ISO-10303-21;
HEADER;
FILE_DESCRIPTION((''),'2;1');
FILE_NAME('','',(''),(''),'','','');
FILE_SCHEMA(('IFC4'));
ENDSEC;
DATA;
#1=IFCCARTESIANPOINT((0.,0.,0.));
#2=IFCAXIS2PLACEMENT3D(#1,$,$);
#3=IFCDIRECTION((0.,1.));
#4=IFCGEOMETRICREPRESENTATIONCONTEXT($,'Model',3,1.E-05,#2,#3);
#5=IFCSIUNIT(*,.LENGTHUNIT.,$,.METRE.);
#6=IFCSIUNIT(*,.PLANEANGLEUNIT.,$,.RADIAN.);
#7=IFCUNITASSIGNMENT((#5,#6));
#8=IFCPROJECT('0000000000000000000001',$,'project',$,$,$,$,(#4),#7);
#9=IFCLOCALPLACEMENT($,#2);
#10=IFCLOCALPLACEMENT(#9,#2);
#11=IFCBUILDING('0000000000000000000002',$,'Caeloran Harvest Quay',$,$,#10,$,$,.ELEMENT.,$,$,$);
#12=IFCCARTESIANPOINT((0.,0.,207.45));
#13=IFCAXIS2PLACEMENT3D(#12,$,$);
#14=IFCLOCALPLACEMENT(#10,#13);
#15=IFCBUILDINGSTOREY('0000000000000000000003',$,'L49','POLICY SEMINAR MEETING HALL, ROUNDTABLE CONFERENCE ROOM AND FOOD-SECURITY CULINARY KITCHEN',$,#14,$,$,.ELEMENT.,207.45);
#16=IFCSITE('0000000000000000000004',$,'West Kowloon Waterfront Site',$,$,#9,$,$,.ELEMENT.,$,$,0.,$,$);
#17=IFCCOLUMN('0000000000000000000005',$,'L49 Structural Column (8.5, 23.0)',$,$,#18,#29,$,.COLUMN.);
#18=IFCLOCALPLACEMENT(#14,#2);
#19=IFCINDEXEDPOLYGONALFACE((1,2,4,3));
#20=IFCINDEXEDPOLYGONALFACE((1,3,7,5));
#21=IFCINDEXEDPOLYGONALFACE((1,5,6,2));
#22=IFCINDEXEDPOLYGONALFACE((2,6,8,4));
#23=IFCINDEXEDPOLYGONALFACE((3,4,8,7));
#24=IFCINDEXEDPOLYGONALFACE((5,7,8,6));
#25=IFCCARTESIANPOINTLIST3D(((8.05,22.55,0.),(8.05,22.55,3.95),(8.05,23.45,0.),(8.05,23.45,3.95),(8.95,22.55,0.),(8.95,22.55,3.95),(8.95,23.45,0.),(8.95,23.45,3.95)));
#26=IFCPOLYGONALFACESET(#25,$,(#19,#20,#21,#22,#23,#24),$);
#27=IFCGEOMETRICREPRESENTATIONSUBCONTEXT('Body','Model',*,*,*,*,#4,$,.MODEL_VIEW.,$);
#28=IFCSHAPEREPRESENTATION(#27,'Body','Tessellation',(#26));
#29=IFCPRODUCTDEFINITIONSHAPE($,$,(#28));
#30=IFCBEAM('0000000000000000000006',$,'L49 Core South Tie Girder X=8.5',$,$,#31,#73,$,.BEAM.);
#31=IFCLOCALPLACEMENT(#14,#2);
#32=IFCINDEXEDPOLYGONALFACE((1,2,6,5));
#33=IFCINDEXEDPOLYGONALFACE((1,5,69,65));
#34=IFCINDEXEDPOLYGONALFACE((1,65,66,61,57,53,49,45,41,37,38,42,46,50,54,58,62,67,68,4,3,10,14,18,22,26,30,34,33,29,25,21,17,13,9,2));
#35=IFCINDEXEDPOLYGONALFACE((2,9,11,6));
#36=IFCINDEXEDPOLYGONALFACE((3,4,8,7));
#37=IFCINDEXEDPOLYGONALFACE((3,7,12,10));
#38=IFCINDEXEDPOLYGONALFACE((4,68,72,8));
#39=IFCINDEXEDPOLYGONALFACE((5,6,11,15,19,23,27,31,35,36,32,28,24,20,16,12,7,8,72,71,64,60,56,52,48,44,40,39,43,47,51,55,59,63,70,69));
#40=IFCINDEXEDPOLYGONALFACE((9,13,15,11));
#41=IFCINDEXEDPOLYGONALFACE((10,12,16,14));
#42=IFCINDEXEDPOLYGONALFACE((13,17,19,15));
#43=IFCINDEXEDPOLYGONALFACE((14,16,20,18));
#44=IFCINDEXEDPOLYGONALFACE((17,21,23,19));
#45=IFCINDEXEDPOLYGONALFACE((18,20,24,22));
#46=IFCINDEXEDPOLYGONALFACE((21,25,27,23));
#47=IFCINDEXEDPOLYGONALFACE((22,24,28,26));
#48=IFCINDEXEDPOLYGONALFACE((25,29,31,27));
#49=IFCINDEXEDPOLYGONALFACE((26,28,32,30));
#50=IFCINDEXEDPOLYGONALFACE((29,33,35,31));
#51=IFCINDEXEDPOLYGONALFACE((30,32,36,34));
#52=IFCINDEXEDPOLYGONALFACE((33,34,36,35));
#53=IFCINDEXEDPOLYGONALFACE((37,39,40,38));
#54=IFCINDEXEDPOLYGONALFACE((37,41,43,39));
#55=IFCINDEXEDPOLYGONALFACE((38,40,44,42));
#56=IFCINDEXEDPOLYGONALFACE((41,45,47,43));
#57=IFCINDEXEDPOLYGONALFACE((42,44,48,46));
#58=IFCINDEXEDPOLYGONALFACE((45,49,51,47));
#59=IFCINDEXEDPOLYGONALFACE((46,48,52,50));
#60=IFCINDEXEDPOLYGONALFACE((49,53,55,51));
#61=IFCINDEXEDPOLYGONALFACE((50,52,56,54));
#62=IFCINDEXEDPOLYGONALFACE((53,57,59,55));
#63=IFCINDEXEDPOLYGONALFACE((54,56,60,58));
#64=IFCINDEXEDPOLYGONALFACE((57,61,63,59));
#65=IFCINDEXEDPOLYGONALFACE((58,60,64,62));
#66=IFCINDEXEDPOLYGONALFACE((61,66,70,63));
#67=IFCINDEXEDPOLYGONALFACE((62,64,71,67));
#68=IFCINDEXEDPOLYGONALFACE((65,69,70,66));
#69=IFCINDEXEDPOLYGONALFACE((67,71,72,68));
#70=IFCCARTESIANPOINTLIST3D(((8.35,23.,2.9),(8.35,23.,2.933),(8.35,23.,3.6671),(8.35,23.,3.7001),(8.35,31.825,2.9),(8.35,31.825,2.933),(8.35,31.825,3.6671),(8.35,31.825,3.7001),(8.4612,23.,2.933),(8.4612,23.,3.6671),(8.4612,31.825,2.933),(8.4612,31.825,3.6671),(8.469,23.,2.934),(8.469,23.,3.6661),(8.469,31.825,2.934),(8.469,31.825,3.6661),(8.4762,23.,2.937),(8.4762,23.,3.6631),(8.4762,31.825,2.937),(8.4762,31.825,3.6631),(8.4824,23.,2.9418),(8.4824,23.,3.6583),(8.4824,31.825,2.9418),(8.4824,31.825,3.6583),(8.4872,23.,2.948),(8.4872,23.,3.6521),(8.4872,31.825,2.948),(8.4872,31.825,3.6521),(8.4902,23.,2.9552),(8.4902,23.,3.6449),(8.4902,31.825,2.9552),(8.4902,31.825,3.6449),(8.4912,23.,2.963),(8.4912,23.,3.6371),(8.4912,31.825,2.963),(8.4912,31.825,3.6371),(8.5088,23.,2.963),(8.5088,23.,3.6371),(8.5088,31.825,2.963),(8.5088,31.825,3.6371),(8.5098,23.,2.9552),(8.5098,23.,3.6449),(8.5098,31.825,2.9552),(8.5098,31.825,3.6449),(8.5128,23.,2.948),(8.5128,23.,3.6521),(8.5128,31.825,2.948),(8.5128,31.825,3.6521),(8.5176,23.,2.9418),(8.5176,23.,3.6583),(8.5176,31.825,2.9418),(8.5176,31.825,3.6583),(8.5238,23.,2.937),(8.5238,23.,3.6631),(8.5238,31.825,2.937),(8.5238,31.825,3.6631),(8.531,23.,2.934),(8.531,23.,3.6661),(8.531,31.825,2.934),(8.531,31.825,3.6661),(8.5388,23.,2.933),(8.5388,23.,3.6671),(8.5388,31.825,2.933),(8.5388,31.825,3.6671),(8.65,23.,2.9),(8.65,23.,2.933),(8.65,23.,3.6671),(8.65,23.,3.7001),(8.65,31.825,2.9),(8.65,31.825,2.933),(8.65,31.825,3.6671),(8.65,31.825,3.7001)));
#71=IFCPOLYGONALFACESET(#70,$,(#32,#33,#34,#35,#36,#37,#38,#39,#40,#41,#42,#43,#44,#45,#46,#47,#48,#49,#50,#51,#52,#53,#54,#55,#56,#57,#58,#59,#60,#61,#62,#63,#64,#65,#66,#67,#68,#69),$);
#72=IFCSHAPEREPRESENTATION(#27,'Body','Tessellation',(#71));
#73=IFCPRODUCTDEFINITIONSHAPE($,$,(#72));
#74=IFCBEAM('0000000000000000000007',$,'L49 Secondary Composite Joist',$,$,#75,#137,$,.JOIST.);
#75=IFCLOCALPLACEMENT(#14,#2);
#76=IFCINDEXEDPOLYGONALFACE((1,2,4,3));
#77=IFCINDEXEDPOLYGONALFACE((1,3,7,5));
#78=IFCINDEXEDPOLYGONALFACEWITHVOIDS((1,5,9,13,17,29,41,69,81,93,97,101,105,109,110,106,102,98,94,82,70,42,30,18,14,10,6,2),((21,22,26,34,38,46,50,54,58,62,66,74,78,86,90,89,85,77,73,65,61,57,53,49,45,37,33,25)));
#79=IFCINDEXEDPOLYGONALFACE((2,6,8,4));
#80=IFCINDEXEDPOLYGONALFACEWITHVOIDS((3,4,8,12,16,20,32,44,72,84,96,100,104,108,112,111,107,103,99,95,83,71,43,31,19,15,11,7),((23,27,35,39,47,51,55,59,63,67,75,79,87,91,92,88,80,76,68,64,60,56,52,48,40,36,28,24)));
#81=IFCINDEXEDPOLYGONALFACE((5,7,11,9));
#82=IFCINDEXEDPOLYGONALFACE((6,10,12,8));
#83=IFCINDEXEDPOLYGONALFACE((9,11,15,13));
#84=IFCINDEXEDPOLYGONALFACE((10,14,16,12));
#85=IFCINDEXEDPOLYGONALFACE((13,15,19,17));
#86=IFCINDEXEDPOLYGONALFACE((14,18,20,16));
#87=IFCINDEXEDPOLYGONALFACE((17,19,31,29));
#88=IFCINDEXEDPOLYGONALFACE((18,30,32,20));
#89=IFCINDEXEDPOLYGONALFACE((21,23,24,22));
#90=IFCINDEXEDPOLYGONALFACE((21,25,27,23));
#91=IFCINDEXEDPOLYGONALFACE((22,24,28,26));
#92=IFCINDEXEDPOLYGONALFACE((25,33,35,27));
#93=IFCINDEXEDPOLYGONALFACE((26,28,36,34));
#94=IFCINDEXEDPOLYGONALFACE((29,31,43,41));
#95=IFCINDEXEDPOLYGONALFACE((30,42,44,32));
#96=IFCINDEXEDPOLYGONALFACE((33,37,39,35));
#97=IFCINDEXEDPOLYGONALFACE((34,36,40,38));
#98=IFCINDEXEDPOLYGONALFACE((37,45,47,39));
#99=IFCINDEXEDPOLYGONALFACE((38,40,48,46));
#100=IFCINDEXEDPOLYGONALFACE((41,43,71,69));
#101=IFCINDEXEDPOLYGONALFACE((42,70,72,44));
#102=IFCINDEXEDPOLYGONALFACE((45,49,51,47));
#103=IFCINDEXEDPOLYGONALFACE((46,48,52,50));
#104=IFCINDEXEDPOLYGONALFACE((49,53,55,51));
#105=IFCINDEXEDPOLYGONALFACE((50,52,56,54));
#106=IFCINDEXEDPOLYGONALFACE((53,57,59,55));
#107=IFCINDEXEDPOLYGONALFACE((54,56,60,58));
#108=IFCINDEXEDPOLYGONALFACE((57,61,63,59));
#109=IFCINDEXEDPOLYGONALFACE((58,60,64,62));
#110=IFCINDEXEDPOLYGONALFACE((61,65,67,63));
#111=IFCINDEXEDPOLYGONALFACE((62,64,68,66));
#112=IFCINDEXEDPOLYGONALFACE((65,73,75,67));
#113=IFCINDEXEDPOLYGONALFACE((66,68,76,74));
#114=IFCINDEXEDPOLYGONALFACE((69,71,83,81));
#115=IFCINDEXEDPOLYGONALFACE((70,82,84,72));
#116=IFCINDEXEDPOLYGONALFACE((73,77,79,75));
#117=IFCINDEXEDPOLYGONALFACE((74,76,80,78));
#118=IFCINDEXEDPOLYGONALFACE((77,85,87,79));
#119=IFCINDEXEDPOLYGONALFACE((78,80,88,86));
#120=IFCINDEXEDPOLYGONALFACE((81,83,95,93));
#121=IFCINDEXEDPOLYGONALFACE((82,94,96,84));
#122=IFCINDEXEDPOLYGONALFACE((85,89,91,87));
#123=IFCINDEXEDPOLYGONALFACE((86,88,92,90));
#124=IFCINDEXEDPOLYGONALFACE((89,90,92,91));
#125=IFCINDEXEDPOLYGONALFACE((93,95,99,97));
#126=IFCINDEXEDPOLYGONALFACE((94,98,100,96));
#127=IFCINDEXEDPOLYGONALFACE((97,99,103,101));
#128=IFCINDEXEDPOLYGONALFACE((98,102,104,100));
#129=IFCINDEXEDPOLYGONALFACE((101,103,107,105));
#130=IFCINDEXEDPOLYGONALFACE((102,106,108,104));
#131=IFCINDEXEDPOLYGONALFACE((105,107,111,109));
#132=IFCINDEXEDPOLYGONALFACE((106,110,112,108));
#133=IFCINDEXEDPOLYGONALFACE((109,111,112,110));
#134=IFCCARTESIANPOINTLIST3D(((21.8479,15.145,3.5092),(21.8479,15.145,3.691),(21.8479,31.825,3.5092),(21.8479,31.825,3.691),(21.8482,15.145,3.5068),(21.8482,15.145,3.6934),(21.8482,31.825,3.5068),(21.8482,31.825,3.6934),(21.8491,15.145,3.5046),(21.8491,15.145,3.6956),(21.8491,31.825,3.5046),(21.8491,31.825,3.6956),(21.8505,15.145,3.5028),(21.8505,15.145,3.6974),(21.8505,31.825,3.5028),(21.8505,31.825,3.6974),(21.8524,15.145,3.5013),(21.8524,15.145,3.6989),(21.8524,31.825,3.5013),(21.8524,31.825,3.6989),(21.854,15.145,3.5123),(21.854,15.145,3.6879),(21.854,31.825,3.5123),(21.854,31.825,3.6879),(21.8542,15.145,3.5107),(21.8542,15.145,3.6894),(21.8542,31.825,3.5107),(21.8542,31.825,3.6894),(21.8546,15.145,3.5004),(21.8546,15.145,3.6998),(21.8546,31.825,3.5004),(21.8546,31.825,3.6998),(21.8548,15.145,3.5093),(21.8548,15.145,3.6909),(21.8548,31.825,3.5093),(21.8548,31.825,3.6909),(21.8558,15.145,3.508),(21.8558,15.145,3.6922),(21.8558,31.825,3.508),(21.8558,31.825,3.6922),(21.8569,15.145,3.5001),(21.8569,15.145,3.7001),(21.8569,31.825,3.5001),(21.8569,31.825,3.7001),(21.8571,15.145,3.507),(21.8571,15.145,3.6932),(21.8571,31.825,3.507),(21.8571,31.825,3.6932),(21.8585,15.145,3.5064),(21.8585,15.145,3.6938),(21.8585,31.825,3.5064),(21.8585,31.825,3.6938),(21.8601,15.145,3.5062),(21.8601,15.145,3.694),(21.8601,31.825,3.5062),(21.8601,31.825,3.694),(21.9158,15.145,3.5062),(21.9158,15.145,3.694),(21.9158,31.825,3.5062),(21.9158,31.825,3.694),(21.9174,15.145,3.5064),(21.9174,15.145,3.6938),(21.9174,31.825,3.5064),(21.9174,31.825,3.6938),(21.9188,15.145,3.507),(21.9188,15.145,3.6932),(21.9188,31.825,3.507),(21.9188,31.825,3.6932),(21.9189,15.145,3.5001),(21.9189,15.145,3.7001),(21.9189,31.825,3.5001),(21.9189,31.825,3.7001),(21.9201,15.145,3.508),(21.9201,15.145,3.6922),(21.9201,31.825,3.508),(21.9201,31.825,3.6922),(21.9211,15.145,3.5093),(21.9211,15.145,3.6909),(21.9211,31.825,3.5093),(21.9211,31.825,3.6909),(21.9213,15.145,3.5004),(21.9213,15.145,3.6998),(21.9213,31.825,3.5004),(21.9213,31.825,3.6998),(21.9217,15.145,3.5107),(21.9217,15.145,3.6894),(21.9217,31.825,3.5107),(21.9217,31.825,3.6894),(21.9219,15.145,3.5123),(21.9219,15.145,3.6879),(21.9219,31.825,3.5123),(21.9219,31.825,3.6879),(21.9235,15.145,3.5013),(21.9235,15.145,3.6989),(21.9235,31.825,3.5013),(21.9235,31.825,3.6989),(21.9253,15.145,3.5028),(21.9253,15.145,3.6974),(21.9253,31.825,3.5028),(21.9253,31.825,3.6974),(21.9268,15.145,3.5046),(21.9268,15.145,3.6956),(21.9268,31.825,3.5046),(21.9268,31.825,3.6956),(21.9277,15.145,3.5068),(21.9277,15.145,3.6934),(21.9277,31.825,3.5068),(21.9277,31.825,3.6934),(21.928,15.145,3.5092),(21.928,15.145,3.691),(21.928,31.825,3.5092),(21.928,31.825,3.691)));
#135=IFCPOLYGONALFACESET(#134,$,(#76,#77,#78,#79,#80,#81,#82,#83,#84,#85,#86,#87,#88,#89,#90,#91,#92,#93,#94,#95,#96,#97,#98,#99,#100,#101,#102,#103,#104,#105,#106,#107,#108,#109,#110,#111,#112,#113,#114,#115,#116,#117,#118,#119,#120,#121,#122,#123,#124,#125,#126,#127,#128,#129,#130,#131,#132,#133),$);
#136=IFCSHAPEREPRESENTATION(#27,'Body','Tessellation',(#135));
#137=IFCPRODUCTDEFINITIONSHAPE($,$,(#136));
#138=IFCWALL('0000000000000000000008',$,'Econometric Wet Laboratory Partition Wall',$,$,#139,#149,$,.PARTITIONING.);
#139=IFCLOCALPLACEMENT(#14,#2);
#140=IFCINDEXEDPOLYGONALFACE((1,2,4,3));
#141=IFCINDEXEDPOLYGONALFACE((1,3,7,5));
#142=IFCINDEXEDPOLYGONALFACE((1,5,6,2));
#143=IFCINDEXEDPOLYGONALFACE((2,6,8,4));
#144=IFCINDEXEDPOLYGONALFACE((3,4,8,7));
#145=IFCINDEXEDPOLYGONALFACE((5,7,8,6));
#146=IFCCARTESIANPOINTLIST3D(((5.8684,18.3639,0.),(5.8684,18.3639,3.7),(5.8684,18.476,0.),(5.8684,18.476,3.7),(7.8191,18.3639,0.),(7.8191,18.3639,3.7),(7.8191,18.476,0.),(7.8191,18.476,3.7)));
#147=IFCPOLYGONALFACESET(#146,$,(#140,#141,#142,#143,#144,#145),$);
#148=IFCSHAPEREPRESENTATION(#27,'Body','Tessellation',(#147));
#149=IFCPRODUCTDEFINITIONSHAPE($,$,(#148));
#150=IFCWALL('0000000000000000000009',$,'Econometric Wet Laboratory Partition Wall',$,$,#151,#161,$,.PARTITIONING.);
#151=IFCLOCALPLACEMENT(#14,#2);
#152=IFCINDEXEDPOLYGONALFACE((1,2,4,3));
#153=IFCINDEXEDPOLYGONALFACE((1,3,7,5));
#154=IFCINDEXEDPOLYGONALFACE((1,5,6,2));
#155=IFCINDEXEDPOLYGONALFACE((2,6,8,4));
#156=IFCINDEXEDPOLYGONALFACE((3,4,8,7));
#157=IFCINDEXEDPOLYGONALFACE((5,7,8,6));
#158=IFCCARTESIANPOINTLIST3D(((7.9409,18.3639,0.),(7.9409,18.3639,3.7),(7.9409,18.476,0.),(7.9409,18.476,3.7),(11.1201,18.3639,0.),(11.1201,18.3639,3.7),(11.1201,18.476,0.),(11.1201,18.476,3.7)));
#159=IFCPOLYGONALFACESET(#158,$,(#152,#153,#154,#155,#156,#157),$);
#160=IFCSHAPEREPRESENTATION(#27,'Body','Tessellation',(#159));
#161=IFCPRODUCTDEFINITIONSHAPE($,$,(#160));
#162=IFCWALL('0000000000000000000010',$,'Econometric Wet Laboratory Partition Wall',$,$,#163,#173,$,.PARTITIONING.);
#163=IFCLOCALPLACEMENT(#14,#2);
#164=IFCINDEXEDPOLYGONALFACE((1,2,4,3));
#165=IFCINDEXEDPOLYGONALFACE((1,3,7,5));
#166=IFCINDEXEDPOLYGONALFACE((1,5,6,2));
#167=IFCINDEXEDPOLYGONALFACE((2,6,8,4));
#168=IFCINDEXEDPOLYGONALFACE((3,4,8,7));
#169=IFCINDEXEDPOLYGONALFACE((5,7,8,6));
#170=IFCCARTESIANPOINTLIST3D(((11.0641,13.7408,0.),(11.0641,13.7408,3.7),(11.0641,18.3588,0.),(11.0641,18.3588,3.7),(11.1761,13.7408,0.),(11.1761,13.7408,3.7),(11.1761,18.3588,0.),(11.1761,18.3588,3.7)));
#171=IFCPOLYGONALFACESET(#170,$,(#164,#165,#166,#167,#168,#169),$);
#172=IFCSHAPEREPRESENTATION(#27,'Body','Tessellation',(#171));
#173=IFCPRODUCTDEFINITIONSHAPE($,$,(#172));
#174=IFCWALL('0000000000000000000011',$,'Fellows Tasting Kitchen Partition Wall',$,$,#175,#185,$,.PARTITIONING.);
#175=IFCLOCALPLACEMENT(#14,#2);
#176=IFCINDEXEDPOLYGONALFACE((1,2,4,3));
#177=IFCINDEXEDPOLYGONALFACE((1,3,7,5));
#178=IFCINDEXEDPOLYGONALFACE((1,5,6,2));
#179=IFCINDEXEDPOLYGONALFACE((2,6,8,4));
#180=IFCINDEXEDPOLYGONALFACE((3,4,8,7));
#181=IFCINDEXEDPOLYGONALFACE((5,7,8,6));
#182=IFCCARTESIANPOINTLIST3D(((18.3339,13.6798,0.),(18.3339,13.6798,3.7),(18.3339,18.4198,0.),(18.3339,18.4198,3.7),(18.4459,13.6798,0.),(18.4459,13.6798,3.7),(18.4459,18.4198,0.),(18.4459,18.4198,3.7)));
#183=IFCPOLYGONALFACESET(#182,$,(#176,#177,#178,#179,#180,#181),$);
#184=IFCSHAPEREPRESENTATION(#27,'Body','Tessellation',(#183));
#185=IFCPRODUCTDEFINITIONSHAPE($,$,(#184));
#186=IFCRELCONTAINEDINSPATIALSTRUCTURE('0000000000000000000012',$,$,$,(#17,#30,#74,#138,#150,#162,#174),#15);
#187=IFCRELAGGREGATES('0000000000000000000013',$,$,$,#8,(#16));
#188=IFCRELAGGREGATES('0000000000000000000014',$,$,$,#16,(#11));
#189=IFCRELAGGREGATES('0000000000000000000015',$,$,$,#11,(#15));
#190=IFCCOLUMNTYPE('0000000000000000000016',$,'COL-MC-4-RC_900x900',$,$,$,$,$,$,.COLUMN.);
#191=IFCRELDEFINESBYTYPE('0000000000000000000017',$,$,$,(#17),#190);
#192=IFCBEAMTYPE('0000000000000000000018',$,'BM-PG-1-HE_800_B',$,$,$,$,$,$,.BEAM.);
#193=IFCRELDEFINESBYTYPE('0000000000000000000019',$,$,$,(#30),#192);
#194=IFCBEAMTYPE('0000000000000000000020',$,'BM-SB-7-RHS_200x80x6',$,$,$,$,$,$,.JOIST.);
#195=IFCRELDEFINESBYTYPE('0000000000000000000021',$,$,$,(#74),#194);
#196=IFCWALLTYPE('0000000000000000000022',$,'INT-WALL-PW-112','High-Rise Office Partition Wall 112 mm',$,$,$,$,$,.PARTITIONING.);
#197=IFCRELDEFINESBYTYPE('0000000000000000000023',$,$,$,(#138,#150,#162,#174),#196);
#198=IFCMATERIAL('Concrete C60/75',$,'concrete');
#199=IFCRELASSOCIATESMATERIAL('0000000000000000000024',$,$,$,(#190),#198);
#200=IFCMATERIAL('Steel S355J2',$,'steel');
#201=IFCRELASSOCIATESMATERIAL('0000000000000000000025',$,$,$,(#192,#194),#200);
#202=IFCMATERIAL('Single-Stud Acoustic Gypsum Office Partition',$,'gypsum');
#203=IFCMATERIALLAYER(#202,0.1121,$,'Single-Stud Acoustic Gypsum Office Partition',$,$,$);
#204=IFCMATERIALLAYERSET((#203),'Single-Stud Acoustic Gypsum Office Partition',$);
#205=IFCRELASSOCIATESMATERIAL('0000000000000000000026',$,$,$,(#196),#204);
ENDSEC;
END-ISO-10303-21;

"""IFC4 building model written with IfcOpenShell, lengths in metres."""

from ifc_helpers import new_model, si_unit, direction, frame, frame_2d, origin, origin_2d, place, context, subcontext, project, spatial, rectangle, hollow_rectangle, i_section, extrude, material, layer, layer_set, material_profile, profile_set, type_object, element, save


model = new_model("IFC4")

# Units and contexts
model_context = context("Model", 3, precision=1e-05, world=origin(), true_north=direction((0.0, 1.0)))
body_context = subcontext(model_context, "Body", "Model", "MODEL_VIEW")
ifc_project = project(units=[si_unit("LENGTHUNIT", "METRE"), si_unit("PLANEANGLEUNIT", "RADIAN")], contexts=[model_context])

# Site, building, storey
site_placement = place(None, origin())
site = spatial("IfcSite", under=ifc_project, at=site_placement, Name="West Kowloon Waterfront Site", CompositionType="ELEMENT", RefElevation=0.0)
building_placement = place(site_placement, origin())
building = spatial("IfcBuilding", under=site, at=building_placement, Name="Caeloran Harvest Quay", CompositionType="ELEMENT")
storey_placement = place(building_placement, frame((0.0, 0.0, 207.45)))
storey = spatial("IfcBuildingStorey", under=building, at=storey_placement, Name="L49", Description="POLICY SEMINAR MEETING HALL, ROUNDTABLE CONFERENCE ROOM AND FOOD-SECURITY CULINARY KITCHEN", CompositionType="ELEMENT", Elevation=207.45)

# Column
ifc_material_1 = material(Name="Concrete C60/75", Category="concrete")
ifc_material_profile_1 = material_profile(ifc_material_1, rectangle(XDim=0.8999, YDim=0.8999, at=origin_2d()), Name="RC 900x900")
ifc_profile_set_1 = profile_set([ifc_material_profile_1], Name="Concrete C60/75")
column_type = type_object("IfcColumnType", Name="COL-MC-4-RC_900x900", PredefinedType="COLUMN", material=ifc_profile_set_1)
column_placement = place(storey_placement, frame((8.5, 23.0, 0.0), z_axis=(0.0, 0.0, 1.0), x_axis=(1.0, 0.0, 0.0)))
element("IfcColumn", 1, at=column_placement, inside=storey, type_object=column_type, Name="L49 Structural Column (8.5, 23.0)", PredefinedType="COLUMN", context=body_context, shape_type="SweptSolid", body=[
    extrude(rectangle(XDim=0.8999, YDim=0.8999, at=origin_2d()), origin(), (0.0, 0.0, 1.0), 3.95),
])

# Beams
ifc_material_2 = material(Name="Steel S355J2", Category="steel")
ifc_material_profile_2 = material_profile(ifc_material_2, i_section(OverallWidth=0.3, OverallDepth=0.8, WebThickness=0.0176, FlangeThickness=0.033, FilletRadius=0.03, at=origin_2d()), Name="HE 800 B")
ifc_profile_set_2 = profile_set([ifc_material_profile_2], Name="Steel S355J2")
beam_type_1 = type_object("IfcBeamType", Name="BM-PG-1-HE_800_B", PredefinedType="BEAM", material=ifc_profile_set_2)
beam_1_placement = place(storey_placement, frame((8.5, 23.0, 3.3), z_axis=(0.0, 1.0, 0.0), x_axis=(-1.0, 0.0, 0.0)))
element("IfcBeam", 2, at=beam_1_placement, inside=storey, type_object=beam_type_1, Name="L49 Core South Tie Girder X=8.5", PredefinedType="BEAM", context=body_context, shape_type="SweptSolid", body=[
    extrude(i_section(OverallWidth=0.3, OverallDepth=0.8, WebThickness=0.0176, FlangeThickness=0.033, FilletRadius=0.03, at=origin_2d()), origin(), (0.0, 0.0, 1.0), 8.825),
])
ifc_material_profile_3 = material_profile(ifc_material_2, hollow_rectangle(XDim=0.0801, YDim=0.2, WallThickness=0.0061, InnerFilletRadius=0.0061, OuterFilletRadius=0.009, at=origin_2d()), Name="RHS 200x80x6")
ifc_profile_set_3 = profile_set([ifc_material_profile_3], Name="Steel S355J2")
beam_type_2 = type_object("IfcBeamType", Name="BM-SB-7-RHS_200x80x6", PredefinedType="JOIST", material=ifc_profile_set_3)
beam_2_placement = place(storey_placement, frame((21.8879, 15.145, 3.6001), z_axis=(0.0, 1.0, 0.0), x_axis=(-1.0, 0.0, 0.0)))
element("IfcBeam", 3, at=beam_2_placement, inside=storey, type_object=beam_type_2, Name="L49 Secondary Composite Joist", PredefinedType="JOIST", context=body_context, shape_type="SweptSolid", body=[
    extrude(hollow_rectangle(XDim=0.0801, YDim=0.2, WallThickness=0.0061, InnerFilletRadius=0.0061, OuterFilletRadius=0.009, at=origin_2d()), origin(), (0.0, 0.0, 1.0), 16.6799),
])

# Walls
ifc_material_3 = material(Name="Single-Stud Acoustic Gypsum Office Partition", Category="gypsum")
ifc_layer_1 = layer(ifc_material_3, 0.1121, Name="Single-Stud Acoustic Gypsum Office Partition")
ifc_layer_set_1 = layer_set([ifc_layer_1], Name="Single-Stud Acoustic Gypsum Office Partition")
wall_type_1 = type_object("IfcWallType", Name="INT-WALL-PW-112", Description="High-Rise Office Partition Wall 112 mm", PredefinedType="PARTITIONING", material=ifc_layer_set_1)
wall_1_placement = place(storey_placement, frame((5.8684, 18.4199, 0.0), z_axis=(0.0, 0.0, 1.0), x_axis=(1.0, 0.0, 0.0)))
element("IfcWall", 4, at=wall_1_placement, inside=storey, type_object=wall_type_1, Name="Econometric Wet Laboratory Partition Wall", PredefinedType="PARTITIONING", context=body_context, shape_type="SweptSolid", body=[
    extrude(rectangle(XDim=1.9507, YDim=0.1121, at=frame_2d((0.9753, 0.0))), origin(), (0.0, 0.0, 1.0), 3.7),
])
wall_2_placement = place(storey_placement, frame((7.9409, 18.4199, 0.0), z_axis=(0.0, 0.0, 1.0), x_axis=(1.0, 0.0, 0.0)))
element("IfcWall", 5, at=wall_2_placement, inside=storey, type_object=wall_type_1, Name="Econometric Wet Laboratory Partition Wall", PredefinedType="PARTITIONING", context=body_context, shape_type="SweptSolid", body=[
    extrude(rectangle(XDim=3.1792, YDim=0.1121, at=frame_2d((1.5896, 0.0))), origin(), (0.0, 0.0, 1.0), 3.7),
])
wall_3_placement = place(storey_placement, frame((11.1201, 18.3589, 0.0), z_axis=(0.0, 0.0, 1.0), x_axis=(0.0, -1.0, 0.0)))
element("IfcWall", 6, at=wall_3_placement, inside=storey, type_object=wall_type_1, Name="Econometric Wet Laboratory Partition Wall", PredefinedType="PARTITIONING", context=body_context, shape_type="SweptSolid", body=[
    extrude(rectangle(XDim=4.6179, YDim=0.1121, at=frame_2d((2.3091, 0.0))), origin(), (0.0, 0.0, 1.0), 3.7),
])
wall_4_placement = place(storey_placement, frame((18.3899, 18.4199, 0.0), z_axis=(0.0, 0.0, 1.0), x_axis=(0.0, -1.0, 0.0)))
element("IfcWall", 7, at=wall_4_placement, inside=storey, type_object=wall_type_1, Name="Fellows Tasting Kitchen Partition Wall", PredefinedType="PARTITIONING", context=body_context, shape_type="SweptSolid", body=[
    extrude(rectangle(XDim=4.74, YDim=0.1121, at=frame_2d((2.3701, 0.0))), origin(), (0.0, 0.0, 1.0), 3.7),
])

save(model, "model.ifc")
